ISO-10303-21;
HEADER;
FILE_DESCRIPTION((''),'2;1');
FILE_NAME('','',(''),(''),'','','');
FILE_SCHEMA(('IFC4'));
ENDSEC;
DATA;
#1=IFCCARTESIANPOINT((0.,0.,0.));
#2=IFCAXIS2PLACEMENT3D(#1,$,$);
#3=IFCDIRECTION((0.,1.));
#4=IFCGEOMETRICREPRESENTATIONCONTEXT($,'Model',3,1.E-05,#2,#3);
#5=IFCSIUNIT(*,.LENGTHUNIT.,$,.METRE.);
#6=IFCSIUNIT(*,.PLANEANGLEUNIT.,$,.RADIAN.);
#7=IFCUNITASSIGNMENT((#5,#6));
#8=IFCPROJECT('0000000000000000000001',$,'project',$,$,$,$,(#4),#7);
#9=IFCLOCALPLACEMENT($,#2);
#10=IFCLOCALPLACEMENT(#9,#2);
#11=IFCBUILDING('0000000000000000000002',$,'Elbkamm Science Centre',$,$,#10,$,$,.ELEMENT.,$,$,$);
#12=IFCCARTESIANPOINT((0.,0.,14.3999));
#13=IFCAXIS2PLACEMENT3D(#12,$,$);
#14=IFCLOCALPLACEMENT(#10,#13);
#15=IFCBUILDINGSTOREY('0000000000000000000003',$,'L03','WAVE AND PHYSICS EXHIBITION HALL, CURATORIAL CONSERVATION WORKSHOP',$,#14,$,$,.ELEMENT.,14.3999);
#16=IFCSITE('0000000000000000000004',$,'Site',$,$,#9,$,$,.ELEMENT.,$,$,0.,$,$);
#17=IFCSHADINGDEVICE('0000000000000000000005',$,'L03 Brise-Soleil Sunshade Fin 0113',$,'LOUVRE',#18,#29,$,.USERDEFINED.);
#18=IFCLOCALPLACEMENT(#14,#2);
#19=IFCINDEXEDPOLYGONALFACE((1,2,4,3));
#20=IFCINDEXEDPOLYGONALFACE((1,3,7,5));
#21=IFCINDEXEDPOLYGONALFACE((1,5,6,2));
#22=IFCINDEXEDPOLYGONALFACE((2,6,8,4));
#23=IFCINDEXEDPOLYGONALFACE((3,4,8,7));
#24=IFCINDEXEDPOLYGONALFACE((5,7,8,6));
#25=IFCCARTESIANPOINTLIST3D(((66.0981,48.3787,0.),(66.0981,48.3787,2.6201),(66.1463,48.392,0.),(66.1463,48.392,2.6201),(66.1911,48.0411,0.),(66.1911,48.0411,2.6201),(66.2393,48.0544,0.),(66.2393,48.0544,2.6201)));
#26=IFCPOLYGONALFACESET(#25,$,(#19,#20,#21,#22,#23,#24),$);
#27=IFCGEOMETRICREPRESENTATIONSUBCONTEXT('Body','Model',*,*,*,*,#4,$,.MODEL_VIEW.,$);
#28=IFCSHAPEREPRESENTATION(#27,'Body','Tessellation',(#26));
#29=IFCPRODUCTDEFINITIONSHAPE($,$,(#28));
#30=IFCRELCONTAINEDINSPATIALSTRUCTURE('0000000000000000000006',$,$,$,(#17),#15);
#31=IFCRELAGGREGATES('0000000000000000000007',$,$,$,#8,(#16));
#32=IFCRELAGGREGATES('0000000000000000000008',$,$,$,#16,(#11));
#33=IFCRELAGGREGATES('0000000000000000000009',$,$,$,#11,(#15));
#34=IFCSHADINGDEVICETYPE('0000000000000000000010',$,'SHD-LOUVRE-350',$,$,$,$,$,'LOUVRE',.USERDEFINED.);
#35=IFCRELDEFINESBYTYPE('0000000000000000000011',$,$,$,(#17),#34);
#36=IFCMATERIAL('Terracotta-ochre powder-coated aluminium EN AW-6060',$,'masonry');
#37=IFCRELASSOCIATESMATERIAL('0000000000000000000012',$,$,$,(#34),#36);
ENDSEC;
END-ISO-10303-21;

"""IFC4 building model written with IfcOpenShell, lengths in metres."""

from ifc_helpers import new_model, si_unit, direction, frame, origin, origin_2d, place, context, subcontext, project, spatial, rectangle, extrude, material, type_object, element, save


model = new_model("IFC4")

# Units and contexts
model_context = context("Model", 3, precision=1e-05, world=origin(), true_north=direction((0.0, 1.0)))
body_context = subcontext(model_context, "Body", "Model", "MODEL_VIEW")
ifc_project = project(units=[si_unit("LENGTHUNIT", "METRE"), si_unit("PLANEANGLEUNIT", "RADIAN")], contexts=[model_context])

# Site, building, storey
site_placement = place(None, origin())
site = spatial("IfcSite", under=ifc_project, at=site_placement, Name="Site", CompositionType="ELEMENT", RefElevation=0.0)
building_placement = place(site_placement, origin())
building = spatial("IfcBuilding", under=site, at=building_placement, Name="Elbkamm Science Centre", CompositionType="ELEMENT")
storey_placement = place(building_placement, frame((0.0, 0.0, 14.3999)))
storey = spatial("IfcBuildingStorey", under=building, at=storey_placement, Name="L03", Description="WAVE AND PHYSICS EXHIBITION HALL, CURATORIAL CONSERVATION WORKSHOP", CompositionType="ELEMENT", Elevation=14.3999)

# Shading device
ifc_material_1 = material(Name="Terracotta-ochre powder-coated aluminium EN AW-6060", Category="masonry")
shading_device_type = type_object("IfcShadingDeviceType", Name="SHD-LOUVRE-350", ElementType="LOUVRE", PredefinedType="USERDEFINED", material=ifc_material_1)
for number, where, z_axis, x_axis, name in (
    (1, (66.1687, 48.2166, 0.0), (0.0, 0.0, 1.0), (0.265729, -0.964048, 0.0), "L03 Brise-Soleil Sunshade Fin 0113"),
):
    element("IfcShadingDevice", number, at=place(storey_placement, frame(where, z_axis=z_axis, x_axis=x_axis)), inside=storey, type_object=shading_device_type, Name=name, ObjectType="LOUVRE", PredefinedType="USERDEFINED", context=body_context, shape_type="SweptSolid", body=[
        extrude(rectangle(XDim=0.3501, YDim=0.05, at=origin_2d()), origin(), (0.0, 0.0, 1.0), 2.6201),
    ])

save(model, "model.ifc")
